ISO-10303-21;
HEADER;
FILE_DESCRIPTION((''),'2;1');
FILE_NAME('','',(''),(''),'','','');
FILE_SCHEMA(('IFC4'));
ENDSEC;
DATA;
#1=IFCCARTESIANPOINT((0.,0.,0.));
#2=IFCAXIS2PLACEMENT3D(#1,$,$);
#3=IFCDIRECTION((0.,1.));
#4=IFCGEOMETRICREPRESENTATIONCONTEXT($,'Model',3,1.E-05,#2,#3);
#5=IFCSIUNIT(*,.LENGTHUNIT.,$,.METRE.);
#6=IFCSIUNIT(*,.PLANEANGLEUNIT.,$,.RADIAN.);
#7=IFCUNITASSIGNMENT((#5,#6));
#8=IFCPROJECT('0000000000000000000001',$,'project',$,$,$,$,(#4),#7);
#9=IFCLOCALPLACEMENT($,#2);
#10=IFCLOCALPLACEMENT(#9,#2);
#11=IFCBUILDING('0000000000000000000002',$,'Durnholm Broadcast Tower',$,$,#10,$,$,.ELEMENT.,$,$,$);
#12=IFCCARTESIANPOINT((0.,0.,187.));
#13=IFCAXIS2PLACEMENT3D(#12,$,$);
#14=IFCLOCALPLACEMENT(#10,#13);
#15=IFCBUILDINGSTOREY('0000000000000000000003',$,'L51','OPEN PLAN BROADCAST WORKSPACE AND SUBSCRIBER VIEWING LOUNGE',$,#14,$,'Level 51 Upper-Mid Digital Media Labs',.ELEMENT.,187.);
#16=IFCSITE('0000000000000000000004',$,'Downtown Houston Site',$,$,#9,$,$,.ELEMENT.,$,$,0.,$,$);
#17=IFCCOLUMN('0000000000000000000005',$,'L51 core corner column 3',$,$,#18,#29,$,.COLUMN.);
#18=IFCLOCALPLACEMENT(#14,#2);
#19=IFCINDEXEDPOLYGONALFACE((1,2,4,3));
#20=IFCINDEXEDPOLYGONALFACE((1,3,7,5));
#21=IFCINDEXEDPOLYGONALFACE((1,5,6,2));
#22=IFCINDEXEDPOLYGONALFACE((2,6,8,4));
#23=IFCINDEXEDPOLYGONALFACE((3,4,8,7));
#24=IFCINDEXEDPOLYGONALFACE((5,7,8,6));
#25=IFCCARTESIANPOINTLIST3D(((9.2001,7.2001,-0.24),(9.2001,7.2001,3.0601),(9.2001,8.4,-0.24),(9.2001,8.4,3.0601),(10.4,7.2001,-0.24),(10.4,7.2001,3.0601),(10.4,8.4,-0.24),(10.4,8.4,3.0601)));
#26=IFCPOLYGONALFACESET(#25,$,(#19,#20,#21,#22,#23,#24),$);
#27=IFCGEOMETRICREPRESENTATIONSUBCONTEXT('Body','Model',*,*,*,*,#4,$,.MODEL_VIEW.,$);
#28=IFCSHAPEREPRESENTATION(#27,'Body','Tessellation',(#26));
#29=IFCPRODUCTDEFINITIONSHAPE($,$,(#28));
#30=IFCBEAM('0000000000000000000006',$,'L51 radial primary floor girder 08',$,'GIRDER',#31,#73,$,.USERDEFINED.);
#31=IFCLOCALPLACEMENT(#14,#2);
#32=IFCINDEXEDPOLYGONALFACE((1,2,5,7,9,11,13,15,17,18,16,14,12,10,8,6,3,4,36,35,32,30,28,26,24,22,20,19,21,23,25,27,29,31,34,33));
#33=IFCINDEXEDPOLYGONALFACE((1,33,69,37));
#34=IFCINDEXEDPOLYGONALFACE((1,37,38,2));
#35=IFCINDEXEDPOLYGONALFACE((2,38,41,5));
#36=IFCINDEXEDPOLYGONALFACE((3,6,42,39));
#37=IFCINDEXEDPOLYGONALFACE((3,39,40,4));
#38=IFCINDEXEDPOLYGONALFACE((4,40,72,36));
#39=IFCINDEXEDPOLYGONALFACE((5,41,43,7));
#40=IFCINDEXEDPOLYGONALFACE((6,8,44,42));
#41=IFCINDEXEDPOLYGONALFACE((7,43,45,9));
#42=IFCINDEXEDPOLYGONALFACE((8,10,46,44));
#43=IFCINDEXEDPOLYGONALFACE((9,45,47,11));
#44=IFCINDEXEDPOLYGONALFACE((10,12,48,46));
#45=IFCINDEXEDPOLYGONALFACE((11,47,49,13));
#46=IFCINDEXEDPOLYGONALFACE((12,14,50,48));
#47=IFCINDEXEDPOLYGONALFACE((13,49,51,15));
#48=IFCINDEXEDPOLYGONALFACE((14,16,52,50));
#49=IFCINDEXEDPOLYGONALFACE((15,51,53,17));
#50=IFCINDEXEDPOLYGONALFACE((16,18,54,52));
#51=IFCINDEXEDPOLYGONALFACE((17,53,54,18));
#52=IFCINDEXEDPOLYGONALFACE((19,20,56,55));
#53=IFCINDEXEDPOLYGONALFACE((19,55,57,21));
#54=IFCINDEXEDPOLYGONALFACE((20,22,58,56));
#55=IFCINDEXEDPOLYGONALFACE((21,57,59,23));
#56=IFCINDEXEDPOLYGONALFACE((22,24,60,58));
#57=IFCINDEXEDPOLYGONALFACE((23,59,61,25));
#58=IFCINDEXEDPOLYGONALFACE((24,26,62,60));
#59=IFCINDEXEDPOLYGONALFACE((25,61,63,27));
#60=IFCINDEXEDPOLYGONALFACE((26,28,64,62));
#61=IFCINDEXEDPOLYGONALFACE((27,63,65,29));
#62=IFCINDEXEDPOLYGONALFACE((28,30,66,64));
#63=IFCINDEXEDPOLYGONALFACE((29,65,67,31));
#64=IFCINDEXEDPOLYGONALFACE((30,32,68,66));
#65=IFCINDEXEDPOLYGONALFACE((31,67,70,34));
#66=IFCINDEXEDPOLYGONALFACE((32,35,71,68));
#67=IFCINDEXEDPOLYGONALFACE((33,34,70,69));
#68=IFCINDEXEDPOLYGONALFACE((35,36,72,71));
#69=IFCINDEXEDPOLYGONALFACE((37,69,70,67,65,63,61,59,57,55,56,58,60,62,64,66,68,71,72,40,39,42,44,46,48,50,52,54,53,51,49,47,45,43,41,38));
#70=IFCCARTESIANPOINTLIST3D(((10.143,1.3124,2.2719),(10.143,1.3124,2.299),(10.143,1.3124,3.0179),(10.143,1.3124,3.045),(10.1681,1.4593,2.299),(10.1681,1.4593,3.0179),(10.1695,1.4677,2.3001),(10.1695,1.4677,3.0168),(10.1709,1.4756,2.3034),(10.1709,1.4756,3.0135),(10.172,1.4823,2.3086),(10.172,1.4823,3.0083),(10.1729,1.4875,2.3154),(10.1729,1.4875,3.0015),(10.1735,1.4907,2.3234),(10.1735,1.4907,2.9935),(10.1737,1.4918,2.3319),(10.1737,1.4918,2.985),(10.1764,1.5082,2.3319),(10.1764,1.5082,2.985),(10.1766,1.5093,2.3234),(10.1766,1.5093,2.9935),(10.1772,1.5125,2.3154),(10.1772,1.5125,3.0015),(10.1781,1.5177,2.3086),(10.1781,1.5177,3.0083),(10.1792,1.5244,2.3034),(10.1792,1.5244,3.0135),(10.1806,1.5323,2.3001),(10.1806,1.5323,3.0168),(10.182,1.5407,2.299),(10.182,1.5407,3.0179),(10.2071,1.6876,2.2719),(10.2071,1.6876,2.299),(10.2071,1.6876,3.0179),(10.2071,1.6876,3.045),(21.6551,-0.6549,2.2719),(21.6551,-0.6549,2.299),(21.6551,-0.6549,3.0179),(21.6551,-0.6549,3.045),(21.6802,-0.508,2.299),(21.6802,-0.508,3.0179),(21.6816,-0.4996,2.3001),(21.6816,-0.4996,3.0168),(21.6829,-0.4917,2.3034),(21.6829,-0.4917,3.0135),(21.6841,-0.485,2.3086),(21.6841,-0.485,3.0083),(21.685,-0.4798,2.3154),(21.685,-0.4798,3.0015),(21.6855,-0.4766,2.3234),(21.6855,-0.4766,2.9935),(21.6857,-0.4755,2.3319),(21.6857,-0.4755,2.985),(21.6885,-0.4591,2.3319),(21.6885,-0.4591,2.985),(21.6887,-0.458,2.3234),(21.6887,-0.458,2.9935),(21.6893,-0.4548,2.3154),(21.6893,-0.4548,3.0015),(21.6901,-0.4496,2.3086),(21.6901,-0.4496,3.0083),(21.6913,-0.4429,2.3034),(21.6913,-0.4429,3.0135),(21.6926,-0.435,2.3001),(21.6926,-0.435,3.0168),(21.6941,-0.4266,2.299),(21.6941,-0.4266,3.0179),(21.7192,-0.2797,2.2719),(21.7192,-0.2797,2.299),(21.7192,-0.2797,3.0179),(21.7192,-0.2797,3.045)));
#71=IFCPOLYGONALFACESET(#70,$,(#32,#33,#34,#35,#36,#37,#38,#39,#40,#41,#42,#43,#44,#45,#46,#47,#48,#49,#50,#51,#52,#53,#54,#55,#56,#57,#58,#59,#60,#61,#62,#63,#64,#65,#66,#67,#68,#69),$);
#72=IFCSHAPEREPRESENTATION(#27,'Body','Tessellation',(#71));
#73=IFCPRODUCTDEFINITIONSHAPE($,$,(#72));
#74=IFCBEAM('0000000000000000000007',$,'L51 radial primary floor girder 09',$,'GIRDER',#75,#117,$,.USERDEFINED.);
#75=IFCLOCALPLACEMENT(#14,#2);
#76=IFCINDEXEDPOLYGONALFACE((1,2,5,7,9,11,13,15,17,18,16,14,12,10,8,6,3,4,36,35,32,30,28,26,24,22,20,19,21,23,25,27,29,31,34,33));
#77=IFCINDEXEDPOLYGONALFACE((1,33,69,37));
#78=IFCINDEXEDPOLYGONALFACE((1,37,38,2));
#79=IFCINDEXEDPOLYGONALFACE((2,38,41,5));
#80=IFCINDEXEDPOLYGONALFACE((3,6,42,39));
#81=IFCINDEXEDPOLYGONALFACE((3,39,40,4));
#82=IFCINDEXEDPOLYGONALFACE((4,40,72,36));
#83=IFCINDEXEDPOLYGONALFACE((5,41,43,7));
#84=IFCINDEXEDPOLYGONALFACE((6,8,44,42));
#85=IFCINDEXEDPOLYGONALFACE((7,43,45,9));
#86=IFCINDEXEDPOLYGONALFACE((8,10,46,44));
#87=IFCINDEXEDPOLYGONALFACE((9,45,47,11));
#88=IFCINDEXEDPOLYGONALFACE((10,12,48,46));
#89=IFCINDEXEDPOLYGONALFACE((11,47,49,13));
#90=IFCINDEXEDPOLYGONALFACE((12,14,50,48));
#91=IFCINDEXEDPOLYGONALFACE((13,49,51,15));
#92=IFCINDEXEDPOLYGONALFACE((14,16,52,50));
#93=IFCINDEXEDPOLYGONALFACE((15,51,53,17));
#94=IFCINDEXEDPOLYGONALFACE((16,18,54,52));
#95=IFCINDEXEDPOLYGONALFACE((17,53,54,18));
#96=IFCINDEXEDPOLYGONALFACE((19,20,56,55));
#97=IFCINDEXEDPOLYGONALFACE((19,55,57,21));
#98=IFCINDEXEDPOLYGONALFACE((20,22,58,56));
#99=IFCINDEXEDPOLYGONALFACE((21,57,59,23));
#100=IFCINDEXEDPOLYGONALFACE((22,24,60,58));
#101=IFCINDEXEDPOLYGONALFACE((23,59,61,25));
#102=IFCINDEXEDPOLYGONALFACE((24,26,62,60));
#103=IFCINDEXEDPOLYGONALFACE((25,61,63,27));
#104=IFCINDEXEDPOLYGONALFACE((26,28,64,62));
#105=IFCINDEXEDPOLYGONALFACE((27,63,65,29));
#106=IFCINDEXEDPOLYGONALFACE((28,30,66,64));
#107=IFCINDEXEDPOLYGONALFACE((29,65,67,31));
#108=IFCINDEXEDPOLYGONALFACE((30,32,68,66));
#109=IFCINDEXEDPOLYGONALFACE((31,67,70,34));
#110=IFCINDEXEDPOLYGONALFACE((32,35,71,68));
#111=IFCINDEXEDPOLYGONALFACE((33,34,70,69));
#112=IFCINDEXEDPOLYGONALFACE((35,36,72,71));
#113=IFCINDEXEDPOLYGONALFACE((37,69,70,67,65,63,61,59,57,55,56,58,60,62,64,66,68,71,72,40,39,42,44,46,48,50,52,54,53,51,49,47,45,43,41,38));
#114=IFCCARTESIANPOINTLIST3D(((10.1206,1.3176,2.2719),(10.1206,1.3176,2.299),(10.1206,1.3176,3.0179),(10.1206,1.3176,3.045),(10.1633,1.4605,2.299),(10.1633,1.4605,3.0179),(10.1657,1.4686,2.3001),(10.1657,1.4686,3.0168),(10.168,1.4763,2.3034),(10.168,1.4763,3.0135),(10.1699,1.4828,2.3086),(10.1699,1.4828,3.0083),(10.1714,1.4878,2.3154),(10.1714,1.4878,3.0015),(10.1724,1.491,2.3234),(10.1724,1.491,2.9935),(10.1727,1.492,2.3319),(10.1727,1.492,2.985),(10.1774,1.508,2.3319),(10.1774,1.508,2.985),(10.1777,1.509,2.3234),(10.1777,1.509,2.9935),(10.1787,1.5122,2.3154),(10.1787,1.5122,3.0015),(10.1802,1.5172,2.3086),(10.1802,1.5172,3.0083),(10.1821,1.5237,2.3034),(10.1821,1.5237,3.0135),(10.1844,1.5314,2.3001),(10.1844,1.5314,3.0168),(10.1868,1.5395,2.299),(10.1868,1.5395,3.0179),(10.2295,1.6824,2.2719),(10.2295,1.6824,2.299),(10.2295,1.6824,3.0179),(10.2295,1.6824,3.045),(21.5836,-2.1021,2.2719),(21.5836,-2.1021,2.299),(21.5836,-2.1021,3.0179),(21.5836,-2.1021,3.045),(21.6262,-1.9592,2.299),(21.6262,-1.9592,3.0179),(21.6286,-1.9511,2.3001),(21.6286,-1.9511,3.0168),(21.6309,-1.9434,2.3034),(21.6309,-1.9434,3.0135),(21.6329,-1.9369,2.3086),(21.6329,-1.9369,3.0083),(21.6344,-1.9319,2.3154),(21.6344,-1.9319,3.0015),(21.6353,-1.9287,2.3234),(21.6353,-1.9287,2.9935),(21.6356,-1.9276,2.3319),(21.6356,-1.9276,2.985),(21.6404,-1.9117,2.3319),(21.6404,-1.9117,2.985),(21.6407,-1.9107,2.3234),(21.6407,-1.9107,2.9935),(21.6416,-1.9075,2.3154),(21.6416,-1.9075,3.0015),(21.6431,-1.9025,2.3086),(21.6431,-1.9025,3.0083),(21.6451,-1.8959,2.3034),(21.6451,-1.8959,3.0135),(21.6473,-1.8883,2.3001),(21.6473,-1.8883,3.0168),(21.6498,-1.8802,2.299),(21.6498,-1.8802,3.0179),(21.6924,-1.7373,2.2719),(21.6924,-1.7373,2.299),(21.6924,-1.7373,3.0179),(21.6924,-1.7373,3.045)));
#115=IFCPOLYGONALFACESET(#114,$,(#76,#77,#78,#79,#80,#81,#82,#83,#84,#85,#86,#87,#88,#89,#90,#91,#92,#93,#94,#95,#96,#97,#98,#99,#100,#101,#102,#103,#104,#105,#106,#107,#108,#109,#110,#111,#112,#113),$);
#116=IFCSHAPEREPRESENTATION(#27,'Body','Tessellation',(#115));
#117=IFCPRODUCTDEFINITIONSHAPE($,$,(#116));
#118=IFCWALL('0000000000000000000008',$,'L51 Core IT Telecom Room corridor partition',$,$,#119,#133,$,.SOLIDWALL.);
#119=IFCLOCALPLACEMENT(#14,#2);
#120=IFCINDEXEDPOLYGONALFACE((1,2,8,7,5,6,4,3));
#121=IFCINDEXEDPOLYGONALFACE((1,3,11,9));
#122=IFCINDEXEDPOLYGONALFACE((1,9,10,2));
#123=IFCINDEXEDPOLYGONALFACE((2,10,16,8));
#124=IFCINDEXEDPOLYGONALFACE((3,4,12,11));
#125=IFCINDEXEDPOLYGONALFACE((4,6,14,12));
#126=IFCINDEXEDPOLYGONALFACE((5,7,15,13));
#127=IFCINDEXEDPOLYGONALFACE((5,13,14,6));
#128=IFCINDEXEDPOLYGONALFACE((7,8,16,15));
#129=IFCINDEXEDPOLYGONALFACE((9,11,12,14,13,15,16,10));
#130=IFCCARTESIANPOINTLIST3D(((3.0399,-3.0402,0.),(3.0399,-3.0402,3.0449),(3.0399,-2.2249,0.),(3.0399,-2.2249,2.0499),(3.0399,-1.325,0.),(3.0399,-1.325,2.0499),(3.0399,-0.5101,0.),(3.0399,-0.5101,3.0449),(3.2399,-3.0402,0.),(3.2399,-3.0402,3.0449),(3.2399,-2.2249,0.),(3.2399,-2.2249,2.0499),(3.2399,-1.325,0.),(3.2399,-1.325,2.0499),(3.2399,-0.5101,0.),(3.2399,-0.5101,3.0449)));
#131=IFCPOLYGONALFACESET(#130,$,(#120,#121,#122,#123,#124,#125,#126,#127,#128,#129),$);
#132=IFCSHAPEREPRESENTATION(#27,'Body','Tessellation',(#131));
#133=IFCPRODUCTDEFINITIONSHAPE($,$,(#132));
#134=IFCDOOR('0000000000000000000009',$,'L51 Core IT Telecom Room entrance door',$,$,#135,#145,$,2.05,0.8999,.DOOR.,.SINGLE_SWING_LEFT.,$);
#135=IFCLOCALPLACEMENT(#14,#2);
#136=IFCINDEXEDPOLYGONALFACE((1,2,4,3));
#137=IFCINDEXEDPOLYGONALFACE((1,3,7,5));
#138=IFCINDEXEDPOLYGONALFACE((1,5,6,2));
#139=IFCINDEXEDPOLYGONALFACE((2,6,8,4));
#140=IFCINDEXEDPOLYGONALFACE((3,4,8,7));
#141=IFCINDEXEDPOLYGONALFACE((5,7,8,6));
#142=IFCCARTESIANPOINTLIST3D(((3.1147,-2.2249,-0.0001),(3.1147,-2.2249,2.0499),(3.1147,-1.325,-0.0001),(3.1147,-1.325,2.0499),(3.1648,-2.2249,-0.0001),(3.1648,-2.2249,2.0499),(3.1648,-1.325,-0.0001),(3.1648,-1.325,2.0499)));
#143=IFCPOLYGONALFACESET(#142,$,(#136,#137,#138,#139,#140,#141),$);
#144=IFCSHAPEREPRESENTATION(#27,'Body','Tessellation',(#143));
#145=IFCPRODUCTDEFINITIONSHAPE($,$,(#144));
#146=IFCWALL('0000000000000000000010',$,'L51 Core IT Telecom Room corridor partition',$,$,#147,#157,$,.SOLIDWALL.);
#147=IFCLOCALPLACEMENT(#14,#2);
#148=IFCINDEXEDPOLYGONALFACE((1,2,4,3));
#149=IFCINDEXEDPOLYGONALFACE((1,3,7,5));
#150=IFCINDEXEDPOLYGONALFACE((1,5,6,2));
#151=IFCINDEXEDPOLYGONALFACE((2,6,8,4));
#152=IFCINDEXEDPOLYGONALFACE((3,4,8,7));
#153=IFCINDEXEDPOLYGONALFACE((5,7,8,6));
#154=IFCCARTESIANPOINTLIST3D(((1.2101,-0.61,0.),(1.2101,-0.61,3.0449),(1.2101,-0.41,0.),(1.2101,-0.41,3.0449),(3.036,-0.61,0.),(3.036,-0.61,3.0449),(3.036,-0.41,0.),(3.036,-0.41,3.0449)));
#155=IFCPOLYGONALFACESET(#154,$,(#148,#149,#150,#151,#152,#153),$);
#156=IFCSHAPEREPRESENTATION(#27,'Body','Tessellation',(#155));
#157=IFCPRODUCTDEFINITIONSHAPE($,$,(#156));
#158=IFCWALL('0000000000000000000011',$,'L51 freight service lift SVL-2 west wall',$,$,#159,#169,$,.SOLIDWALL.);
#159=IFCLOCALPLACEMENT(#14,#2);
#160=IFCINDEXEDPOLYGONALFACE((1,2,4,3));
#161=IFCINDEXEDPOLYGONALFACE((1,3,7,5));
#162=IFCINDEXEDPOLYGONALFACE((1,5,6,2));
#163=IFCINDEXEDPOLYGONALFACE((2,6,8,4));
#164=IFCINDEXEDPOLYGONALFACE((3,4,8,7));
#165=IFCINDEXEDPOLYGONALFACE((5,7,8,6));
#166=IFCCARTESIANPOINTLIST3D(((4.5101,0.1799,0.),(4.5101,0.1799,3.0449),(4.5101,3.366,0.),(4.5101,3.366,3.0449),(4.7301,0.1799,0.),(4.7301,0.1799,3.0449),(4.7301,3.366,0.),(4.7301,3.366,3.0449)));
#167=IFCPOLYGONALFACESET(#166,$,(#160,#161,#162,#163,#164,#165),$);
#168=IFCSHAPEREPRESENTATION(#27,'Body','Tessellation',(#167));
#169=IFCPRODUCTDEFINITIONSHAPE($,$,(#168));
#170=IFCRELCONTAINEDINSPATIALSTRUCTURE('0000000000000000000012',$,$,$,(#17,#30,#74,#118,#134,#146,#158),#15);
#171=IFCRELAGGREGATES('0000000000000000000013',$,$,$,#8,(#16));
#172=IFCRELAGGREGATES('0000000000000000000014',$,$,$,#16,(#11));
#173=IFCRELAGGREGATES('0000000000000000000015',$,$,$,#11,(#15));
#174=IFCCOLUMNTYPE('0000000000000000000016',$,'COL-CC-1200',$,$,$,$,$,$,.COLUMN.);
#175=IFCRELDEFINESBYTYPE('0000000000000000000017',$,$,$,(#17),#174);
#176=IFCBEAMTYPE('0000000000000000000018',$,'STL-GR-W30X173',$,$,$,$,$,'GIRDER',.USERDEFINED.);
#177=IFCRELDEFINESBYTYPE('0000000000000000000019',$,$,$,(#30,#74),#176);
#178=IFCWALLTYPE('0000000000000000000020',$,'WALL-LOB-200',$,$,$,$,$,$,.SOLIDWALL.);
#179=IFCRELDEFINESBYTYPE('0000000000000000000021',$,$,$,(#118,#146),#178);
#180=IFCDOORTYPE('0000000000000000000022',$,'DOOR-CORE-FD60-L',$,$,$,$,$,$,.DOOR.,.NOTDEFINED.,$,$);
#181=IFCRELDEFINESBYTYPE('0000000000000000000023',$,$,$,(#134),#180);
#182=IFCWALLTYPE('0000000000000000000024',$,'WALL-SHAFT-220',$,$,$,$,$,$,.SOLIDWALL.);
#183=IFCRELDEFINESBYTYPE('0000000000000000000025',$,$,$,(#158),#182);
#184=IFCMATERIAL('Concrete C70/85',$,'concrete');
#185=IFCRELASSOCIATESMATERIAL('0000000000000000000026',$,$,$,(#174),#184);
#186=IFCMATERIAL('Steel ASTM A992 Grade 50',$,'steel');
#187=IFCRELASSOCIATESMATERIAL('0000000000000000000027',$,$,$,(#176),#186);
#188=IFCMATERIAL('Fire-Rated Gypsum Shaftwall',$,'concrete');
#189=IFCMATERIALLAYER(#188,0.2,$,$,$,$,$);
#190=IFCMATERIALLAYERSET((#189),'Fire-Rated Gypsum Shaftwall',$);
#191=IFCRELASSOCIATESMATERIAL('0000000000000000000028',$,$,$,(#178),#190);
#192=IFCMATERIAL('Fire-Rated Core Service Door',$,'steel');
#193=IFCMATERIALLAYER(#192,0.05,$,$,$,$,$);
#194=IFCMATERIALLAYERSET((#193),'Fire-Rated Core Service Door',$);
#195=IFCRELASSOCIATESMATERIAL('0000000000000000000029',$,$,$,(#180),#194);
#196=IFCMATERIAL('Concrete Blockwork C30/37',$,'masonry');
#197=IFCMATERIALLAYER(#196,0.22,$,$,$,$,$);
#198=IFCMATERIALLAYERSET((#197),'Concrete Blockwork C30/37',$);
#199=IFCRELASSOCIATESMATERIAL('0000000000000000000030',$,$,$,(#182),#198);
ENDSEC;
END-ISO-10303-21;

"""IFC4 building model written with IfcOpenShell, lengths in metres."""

from ifc_helpers import new_model, si_unit, direction, frame, frame_2d, origin, origin_2d, place, context, subcontext, project, spatial, rectangle, i_section, extrude, source, transform, mapped, material, layer, layer_set, material_profile, profile_set, type_object, type_shapes, element, fill, save


model = new_model("IFC4")

# Units and contexts
model_context = context("Model", 3, precision=1e-05, world=origin(), true_north=direction((0.0, 1.0)))
body_context = subcontext(model_context, "Body", "Model", "MODEL_VIEW")
ifc_project = project(units=[si_unit("LENGTHUNIT", "METRE"), si_unit("PLANEANGLEUNIT", "RADIAN")], contexts=[model_context])

# Site, building, storey
site_placement = place(None, origin())
site = spatial("IfcSite", under=ifc_project, at=site_placement, Name="Downtown Houston Site", CompositionType="ELEMENT", RefElevation=0.0)
building_placement = place(site_placement, origin())
building = spatial("IfcBuilding", under=site, at=building_placement, Name="Durnholm Broadcast Tower", CompositionType="ELEMENT")
storey_placement = place(building_placement, frame((0.0, 0.0, 187.0)))
storey = spatial("IfcBuildingStorey", under=building, at=storey_placement, Name="L51", Description="OPEN PLAN BROADCAST WORKSPACE AND SUBSCRIBER VIEWING LOUNGE", LongName="Level 51 Upper-Mid Digital Media Labs", CompositionType="ELEMENT", Elevation=187.0)

# Column
ifc_material_1 = material(Name="Concrete C70/85", Category="concrete")
ifc_material_profile_1 = material_profile(ifc_material_1, rectangle(XDim=1.2, YDim=1.2, at=origin_2d()), Name="RC1200X1200")
ifc_profile_set_1 = profile_set([ifc_material_profile_1], Name="Concrete C70/85")
column_type = type_object("IfcColumnType", Name="COL-CC-1200", PredefinedType="COLUMN", material=ifc_profile_set_1)
shared_shape_1 = source(origin(), body_context, "Body", "SweptSolid", [
    extrude(rectangle(XDim=1.2, YDim=1.2, at=origin_2d()), origin(), (0.0, 0.0, 1.0), 3.3),
])
type_shapes(column_type, [shared_shape_1])
column_placement = place(storey_placement, frame((9.8, 7.8, -0.24), z_axis=(0.0, 0.0, 1.0), x_axis=(1.0, 0.0, 0.0)))
element("IfcColumn", 1, at=column_placement, inside=storey, type_object=column_type, Name="L51 core corner column 3", PredefinedType="COLUMN", context=body_context, shape_type="MappedRepresentation", body=[
    mapped(shared_shape_1, transform((0.0, 0.0, 0.0), x_axis=(1.0, 0.0, 0.0), y_axis=(0.0, 1.0, 0.0), z_axis=(0.0, 0.0, 1.0), scale=1.0)),
])

# Beams
ifc_material_2 = material(Name="Steel ASTM A992 Grade 50", Category="steel")
ifc_material_profile_2 = material_profile(ifc_material_2, i_section(OverallWidth=0.3806, OverallDepth=0.7732, WebThickness=0.0166, FlangeThickness=0.0271, FilletRadius=0.033, at=origin_2d()), Name="W30X173")
ifc_profile_set_2 = profile_set([ifc_material_profile_2], Name="Steel ASTM A992 Grade 50")
beam_type = type_object("IfcBeamType", Name="STL-GR-W30X173", ElementType="GIRDER", PredefinedType="USERDEFINED", material=ifc_profile_set_2)
shared_shape_2 = source(origin(), body_context, "Body", "SweptSolid", [
    extrude(i_section(OverallWidth=0.3806, OverallDepth=0.7732, WebThickness=0.0166, FlangeThickness=0.0271, FilletRadius=0.033, at=origin_2d()), origin(), (0.0, 0.0, 1.0), 11.679),
])
beam_1_placement = place(storey_placement, frame((10.175, 1.5, 2.6584), z_axis=(0.98571, -0.168449, 0.0), x_axis=(0.168449, 0.98571, 0.0)))
element("IfcBeam", 2, at=beam_1_placement, inside=storey, type_object=beam_type, Name="L51 radial primary floor girder 08", ObjectType="GIRDER", PredefinedType="USERDEFINED", context=body_context, shape_type="MappedRepresentation", body=[
    mapped(shared_shape_2, transform((0.0, 0.0, 0.0), x_axis=(1.0, 0.0, 0.0), y_axis=(0.0, 1.0, 0.0), z_axis=(0.0, 0.0, 1.0), scale=1.0)),
])
shared_shape_3 = source(origin(), body_context, "Body", "SweptSolid", [
    extrude(i_section(OverallWidth=0.3806, OverallDepth=0.7732, WebThickness=0.0166, FlangeThickness=0.0271, FilletRadius=0.033, at=origin_2d()), origin(), (0.0, 0.0, 1.0), 11.9622),
])
type_shapes(beam_type, [shared_shape_2, shared_shape_3])
beam_2_placement = place(storey_placement, frame((10.175, 1.5, 2.6584), z_axis=(0.958267, -0.285876, 0.0), x_axis=(0.285876, 0.958267, 0.0)))
element("IfcBeam", 3, at=beam_2_placement, inside=storey, type_object=beam_type, Name="L51 radial primary floor girder 09", ObjectType="GIRDER", PredefinedType="USERDEFINED", context=body_context, shape_type="MappedRepresentation", body=[
    mapped(shared_shape_3, transform((0.0, 0.0, 0.0), x_axis=(1.0, 0.0, 0.0), y_axis=(0.0, 1.0, 0.0), z_axis=(0.0, 0.0, 1.0), scale=1.0)),
])

# Wall, opening, door
ifc_material_3 = material(Name="Fire-Rated Gypsum Shaftwall", Category="concrete")
ifc_layer_1 = layer(ifc_material_3, 0.2)
ifc_layer_set_1 = layer_set([ifc_layer_1], Name="Fire-Rated Gypsum Shaftwall")
wall_type_1 = type_object("IfcWallType", Name="WALL-LOB-200", PredefinedType="SOLIDWALL", material=ifc_layer_set_1)
wall_1_placement = place(storey_placement, frame((3.1399, -0.51, 0.0), z_axis=(0.0, 0.0, 1.0), x_axis=(0.0, -1.0, 0.0)))
wall_1 = element("IfcWall", 4, at=wall_1_placement, inside=storey, type_object=wall_type_1, Name="L51 Core IT Telecom Room corridor partition", PredefinedType="SOLIDWALL", context=body_context, shape_type="SweptSolid", body=[
    extrude(rectangle(XDim=2.53, YDim=0.2, at=frame_2d((1.2651, 0.0))), origin(), (0.0, 0.0, 1.0), 3.0449),
])
opening_1_placement = place(wall_1_placement, frame((0.8149, 0.0, 0.0)))
opening_1 = element("IfcOpeningElement", 5, at=opening_1_placement, cuts=wall_1, PredefinedType="OPENING", context=body_context, shape_type="SweptSolid", body=[
    extrude(rectangle(XDim=0.8999, YDim=2.05, at=frame_2d((0.45, 1.0249))), frame((0.0, 0.1099, 0.0), z_axis=(0.0, -1.0, 0.0), x_axis=(1.0, 0.0, 0.0)), (0.0, 0.0, 1.0), 0.22),
])
ifc_material_4 = material(Name="Fire-Rated Core Service Door", Category="steel")
ifc_layer_2 = layer(ifc_material_4, 0.05)
ifc_layer_set_2 = layer_set([ifc_layer_2], Name="Fire-Rated Core Service Door")
door_type_1 = type_object("IfcDoorType", Name="DOOR-CORE-FD60-L", OperationType="NOTDEFINED", PredefinedType="DOOR", material=ifc_layer_set_2)
shared_shape_4 = source(origin(), body_context, "Body", "SweptSolid", [
    extrude(rectangle(XDim=0.8999, YDim=2.05, at=frame_2d((0.45, 1.0249))), frame((0.0, 0.0249, 0.0), z_axis=(0.0, -1.0, 0.0), x_axis=(1.0, 0.0, 0.0)), (0.0, 0.0, 1.0), 0.05),
])
type_shapes(door_type_1, [shared_shape_4])
door_1_placement = place(opening_1_placement, origin())
door_1 = element("IfcDoor", 6, at=door_1_placement, inside=storey, type_object=door_type_1, Name="L51 Core IT Telecom Room entrance door", OperationType="SINGLE_SWING_LEFT", OverallHeight=2.05, OverallWidth=0.8999, PredefinedType="DOOR", context=body_context, shape_type="MappedRepresentation", body=[
    mapped(shared_shape_4, transform((0.0, 0.0, 0.0), x_axis=(1.0, 0.0, 0.0), y_axis=(0.0, 1.0, 0.0), z_axis=(0.0, 0.0, 1.0), scale=1.0)),
])
fill(opening_1, door_1)

# Wall
wall_2_placement = place(storey_placement, frame((1.21, -0.51, 0.0), z_axis=(0.0, 0.0, 1.0), x_axis=(1.0, 0.0, 0.0)))
element("IfcWall", 7, at=wall_2_placement, inside=storey, type_object=wall_type_1, Name="L51 Core IT Telecom Room corridor partition", PredefinedType="SOLIDWALL", context=body_context, shape_type="SweptSolid", body=[
    extrude(rectangle(XDim=1.8259, YDim=0.2, at=frame_2d((0.9131, 0.0))), origin(), (0.0, 0.0, 1.0), 3.0449),
])

# Shared definitions
ifc_material_5 = material(Name="Concrete Blockwork C30/37", Category="masonry")
ifc_layer_3 = layer(ifc_material_5, 0.22)
ifc_layer_set_3 = layer_set([ifc_layer_3], Name="Concrete Blockwork C30/37")
wall_type_2 = type_object("IfcWallType", Name="WALL-SHAFT-220", PredefinedType="SOLIDWALL", material=ifc_layer_set_3)

# Wall
for number, where, z_axis, x_axis, name in (
    (8, (4.6201, 0.1799, 0.0), (0.0, 0.0, 1.0), (0.0, 1.0, 0.0), "L51 freight service lift SVL-2 west wall"),
):
    element("IfcWall", number, at=place(storey_placement, frame(where, z_axis=z_axis, x_axis=x_axis)), inside=storey, type_object=wall_type_2, Name=name, PredefinedType="SOLIDWALL", context=body_context, shape_type="SweptSolid", body=[
        extrude(rectangle(XDim=3.186, YDim=0.22, at=frame_2d((1.593, 0.0))), origin(), (0.0, 0.0, 1.0), 3.0449),
    ])

save(model, "model.ifc")
